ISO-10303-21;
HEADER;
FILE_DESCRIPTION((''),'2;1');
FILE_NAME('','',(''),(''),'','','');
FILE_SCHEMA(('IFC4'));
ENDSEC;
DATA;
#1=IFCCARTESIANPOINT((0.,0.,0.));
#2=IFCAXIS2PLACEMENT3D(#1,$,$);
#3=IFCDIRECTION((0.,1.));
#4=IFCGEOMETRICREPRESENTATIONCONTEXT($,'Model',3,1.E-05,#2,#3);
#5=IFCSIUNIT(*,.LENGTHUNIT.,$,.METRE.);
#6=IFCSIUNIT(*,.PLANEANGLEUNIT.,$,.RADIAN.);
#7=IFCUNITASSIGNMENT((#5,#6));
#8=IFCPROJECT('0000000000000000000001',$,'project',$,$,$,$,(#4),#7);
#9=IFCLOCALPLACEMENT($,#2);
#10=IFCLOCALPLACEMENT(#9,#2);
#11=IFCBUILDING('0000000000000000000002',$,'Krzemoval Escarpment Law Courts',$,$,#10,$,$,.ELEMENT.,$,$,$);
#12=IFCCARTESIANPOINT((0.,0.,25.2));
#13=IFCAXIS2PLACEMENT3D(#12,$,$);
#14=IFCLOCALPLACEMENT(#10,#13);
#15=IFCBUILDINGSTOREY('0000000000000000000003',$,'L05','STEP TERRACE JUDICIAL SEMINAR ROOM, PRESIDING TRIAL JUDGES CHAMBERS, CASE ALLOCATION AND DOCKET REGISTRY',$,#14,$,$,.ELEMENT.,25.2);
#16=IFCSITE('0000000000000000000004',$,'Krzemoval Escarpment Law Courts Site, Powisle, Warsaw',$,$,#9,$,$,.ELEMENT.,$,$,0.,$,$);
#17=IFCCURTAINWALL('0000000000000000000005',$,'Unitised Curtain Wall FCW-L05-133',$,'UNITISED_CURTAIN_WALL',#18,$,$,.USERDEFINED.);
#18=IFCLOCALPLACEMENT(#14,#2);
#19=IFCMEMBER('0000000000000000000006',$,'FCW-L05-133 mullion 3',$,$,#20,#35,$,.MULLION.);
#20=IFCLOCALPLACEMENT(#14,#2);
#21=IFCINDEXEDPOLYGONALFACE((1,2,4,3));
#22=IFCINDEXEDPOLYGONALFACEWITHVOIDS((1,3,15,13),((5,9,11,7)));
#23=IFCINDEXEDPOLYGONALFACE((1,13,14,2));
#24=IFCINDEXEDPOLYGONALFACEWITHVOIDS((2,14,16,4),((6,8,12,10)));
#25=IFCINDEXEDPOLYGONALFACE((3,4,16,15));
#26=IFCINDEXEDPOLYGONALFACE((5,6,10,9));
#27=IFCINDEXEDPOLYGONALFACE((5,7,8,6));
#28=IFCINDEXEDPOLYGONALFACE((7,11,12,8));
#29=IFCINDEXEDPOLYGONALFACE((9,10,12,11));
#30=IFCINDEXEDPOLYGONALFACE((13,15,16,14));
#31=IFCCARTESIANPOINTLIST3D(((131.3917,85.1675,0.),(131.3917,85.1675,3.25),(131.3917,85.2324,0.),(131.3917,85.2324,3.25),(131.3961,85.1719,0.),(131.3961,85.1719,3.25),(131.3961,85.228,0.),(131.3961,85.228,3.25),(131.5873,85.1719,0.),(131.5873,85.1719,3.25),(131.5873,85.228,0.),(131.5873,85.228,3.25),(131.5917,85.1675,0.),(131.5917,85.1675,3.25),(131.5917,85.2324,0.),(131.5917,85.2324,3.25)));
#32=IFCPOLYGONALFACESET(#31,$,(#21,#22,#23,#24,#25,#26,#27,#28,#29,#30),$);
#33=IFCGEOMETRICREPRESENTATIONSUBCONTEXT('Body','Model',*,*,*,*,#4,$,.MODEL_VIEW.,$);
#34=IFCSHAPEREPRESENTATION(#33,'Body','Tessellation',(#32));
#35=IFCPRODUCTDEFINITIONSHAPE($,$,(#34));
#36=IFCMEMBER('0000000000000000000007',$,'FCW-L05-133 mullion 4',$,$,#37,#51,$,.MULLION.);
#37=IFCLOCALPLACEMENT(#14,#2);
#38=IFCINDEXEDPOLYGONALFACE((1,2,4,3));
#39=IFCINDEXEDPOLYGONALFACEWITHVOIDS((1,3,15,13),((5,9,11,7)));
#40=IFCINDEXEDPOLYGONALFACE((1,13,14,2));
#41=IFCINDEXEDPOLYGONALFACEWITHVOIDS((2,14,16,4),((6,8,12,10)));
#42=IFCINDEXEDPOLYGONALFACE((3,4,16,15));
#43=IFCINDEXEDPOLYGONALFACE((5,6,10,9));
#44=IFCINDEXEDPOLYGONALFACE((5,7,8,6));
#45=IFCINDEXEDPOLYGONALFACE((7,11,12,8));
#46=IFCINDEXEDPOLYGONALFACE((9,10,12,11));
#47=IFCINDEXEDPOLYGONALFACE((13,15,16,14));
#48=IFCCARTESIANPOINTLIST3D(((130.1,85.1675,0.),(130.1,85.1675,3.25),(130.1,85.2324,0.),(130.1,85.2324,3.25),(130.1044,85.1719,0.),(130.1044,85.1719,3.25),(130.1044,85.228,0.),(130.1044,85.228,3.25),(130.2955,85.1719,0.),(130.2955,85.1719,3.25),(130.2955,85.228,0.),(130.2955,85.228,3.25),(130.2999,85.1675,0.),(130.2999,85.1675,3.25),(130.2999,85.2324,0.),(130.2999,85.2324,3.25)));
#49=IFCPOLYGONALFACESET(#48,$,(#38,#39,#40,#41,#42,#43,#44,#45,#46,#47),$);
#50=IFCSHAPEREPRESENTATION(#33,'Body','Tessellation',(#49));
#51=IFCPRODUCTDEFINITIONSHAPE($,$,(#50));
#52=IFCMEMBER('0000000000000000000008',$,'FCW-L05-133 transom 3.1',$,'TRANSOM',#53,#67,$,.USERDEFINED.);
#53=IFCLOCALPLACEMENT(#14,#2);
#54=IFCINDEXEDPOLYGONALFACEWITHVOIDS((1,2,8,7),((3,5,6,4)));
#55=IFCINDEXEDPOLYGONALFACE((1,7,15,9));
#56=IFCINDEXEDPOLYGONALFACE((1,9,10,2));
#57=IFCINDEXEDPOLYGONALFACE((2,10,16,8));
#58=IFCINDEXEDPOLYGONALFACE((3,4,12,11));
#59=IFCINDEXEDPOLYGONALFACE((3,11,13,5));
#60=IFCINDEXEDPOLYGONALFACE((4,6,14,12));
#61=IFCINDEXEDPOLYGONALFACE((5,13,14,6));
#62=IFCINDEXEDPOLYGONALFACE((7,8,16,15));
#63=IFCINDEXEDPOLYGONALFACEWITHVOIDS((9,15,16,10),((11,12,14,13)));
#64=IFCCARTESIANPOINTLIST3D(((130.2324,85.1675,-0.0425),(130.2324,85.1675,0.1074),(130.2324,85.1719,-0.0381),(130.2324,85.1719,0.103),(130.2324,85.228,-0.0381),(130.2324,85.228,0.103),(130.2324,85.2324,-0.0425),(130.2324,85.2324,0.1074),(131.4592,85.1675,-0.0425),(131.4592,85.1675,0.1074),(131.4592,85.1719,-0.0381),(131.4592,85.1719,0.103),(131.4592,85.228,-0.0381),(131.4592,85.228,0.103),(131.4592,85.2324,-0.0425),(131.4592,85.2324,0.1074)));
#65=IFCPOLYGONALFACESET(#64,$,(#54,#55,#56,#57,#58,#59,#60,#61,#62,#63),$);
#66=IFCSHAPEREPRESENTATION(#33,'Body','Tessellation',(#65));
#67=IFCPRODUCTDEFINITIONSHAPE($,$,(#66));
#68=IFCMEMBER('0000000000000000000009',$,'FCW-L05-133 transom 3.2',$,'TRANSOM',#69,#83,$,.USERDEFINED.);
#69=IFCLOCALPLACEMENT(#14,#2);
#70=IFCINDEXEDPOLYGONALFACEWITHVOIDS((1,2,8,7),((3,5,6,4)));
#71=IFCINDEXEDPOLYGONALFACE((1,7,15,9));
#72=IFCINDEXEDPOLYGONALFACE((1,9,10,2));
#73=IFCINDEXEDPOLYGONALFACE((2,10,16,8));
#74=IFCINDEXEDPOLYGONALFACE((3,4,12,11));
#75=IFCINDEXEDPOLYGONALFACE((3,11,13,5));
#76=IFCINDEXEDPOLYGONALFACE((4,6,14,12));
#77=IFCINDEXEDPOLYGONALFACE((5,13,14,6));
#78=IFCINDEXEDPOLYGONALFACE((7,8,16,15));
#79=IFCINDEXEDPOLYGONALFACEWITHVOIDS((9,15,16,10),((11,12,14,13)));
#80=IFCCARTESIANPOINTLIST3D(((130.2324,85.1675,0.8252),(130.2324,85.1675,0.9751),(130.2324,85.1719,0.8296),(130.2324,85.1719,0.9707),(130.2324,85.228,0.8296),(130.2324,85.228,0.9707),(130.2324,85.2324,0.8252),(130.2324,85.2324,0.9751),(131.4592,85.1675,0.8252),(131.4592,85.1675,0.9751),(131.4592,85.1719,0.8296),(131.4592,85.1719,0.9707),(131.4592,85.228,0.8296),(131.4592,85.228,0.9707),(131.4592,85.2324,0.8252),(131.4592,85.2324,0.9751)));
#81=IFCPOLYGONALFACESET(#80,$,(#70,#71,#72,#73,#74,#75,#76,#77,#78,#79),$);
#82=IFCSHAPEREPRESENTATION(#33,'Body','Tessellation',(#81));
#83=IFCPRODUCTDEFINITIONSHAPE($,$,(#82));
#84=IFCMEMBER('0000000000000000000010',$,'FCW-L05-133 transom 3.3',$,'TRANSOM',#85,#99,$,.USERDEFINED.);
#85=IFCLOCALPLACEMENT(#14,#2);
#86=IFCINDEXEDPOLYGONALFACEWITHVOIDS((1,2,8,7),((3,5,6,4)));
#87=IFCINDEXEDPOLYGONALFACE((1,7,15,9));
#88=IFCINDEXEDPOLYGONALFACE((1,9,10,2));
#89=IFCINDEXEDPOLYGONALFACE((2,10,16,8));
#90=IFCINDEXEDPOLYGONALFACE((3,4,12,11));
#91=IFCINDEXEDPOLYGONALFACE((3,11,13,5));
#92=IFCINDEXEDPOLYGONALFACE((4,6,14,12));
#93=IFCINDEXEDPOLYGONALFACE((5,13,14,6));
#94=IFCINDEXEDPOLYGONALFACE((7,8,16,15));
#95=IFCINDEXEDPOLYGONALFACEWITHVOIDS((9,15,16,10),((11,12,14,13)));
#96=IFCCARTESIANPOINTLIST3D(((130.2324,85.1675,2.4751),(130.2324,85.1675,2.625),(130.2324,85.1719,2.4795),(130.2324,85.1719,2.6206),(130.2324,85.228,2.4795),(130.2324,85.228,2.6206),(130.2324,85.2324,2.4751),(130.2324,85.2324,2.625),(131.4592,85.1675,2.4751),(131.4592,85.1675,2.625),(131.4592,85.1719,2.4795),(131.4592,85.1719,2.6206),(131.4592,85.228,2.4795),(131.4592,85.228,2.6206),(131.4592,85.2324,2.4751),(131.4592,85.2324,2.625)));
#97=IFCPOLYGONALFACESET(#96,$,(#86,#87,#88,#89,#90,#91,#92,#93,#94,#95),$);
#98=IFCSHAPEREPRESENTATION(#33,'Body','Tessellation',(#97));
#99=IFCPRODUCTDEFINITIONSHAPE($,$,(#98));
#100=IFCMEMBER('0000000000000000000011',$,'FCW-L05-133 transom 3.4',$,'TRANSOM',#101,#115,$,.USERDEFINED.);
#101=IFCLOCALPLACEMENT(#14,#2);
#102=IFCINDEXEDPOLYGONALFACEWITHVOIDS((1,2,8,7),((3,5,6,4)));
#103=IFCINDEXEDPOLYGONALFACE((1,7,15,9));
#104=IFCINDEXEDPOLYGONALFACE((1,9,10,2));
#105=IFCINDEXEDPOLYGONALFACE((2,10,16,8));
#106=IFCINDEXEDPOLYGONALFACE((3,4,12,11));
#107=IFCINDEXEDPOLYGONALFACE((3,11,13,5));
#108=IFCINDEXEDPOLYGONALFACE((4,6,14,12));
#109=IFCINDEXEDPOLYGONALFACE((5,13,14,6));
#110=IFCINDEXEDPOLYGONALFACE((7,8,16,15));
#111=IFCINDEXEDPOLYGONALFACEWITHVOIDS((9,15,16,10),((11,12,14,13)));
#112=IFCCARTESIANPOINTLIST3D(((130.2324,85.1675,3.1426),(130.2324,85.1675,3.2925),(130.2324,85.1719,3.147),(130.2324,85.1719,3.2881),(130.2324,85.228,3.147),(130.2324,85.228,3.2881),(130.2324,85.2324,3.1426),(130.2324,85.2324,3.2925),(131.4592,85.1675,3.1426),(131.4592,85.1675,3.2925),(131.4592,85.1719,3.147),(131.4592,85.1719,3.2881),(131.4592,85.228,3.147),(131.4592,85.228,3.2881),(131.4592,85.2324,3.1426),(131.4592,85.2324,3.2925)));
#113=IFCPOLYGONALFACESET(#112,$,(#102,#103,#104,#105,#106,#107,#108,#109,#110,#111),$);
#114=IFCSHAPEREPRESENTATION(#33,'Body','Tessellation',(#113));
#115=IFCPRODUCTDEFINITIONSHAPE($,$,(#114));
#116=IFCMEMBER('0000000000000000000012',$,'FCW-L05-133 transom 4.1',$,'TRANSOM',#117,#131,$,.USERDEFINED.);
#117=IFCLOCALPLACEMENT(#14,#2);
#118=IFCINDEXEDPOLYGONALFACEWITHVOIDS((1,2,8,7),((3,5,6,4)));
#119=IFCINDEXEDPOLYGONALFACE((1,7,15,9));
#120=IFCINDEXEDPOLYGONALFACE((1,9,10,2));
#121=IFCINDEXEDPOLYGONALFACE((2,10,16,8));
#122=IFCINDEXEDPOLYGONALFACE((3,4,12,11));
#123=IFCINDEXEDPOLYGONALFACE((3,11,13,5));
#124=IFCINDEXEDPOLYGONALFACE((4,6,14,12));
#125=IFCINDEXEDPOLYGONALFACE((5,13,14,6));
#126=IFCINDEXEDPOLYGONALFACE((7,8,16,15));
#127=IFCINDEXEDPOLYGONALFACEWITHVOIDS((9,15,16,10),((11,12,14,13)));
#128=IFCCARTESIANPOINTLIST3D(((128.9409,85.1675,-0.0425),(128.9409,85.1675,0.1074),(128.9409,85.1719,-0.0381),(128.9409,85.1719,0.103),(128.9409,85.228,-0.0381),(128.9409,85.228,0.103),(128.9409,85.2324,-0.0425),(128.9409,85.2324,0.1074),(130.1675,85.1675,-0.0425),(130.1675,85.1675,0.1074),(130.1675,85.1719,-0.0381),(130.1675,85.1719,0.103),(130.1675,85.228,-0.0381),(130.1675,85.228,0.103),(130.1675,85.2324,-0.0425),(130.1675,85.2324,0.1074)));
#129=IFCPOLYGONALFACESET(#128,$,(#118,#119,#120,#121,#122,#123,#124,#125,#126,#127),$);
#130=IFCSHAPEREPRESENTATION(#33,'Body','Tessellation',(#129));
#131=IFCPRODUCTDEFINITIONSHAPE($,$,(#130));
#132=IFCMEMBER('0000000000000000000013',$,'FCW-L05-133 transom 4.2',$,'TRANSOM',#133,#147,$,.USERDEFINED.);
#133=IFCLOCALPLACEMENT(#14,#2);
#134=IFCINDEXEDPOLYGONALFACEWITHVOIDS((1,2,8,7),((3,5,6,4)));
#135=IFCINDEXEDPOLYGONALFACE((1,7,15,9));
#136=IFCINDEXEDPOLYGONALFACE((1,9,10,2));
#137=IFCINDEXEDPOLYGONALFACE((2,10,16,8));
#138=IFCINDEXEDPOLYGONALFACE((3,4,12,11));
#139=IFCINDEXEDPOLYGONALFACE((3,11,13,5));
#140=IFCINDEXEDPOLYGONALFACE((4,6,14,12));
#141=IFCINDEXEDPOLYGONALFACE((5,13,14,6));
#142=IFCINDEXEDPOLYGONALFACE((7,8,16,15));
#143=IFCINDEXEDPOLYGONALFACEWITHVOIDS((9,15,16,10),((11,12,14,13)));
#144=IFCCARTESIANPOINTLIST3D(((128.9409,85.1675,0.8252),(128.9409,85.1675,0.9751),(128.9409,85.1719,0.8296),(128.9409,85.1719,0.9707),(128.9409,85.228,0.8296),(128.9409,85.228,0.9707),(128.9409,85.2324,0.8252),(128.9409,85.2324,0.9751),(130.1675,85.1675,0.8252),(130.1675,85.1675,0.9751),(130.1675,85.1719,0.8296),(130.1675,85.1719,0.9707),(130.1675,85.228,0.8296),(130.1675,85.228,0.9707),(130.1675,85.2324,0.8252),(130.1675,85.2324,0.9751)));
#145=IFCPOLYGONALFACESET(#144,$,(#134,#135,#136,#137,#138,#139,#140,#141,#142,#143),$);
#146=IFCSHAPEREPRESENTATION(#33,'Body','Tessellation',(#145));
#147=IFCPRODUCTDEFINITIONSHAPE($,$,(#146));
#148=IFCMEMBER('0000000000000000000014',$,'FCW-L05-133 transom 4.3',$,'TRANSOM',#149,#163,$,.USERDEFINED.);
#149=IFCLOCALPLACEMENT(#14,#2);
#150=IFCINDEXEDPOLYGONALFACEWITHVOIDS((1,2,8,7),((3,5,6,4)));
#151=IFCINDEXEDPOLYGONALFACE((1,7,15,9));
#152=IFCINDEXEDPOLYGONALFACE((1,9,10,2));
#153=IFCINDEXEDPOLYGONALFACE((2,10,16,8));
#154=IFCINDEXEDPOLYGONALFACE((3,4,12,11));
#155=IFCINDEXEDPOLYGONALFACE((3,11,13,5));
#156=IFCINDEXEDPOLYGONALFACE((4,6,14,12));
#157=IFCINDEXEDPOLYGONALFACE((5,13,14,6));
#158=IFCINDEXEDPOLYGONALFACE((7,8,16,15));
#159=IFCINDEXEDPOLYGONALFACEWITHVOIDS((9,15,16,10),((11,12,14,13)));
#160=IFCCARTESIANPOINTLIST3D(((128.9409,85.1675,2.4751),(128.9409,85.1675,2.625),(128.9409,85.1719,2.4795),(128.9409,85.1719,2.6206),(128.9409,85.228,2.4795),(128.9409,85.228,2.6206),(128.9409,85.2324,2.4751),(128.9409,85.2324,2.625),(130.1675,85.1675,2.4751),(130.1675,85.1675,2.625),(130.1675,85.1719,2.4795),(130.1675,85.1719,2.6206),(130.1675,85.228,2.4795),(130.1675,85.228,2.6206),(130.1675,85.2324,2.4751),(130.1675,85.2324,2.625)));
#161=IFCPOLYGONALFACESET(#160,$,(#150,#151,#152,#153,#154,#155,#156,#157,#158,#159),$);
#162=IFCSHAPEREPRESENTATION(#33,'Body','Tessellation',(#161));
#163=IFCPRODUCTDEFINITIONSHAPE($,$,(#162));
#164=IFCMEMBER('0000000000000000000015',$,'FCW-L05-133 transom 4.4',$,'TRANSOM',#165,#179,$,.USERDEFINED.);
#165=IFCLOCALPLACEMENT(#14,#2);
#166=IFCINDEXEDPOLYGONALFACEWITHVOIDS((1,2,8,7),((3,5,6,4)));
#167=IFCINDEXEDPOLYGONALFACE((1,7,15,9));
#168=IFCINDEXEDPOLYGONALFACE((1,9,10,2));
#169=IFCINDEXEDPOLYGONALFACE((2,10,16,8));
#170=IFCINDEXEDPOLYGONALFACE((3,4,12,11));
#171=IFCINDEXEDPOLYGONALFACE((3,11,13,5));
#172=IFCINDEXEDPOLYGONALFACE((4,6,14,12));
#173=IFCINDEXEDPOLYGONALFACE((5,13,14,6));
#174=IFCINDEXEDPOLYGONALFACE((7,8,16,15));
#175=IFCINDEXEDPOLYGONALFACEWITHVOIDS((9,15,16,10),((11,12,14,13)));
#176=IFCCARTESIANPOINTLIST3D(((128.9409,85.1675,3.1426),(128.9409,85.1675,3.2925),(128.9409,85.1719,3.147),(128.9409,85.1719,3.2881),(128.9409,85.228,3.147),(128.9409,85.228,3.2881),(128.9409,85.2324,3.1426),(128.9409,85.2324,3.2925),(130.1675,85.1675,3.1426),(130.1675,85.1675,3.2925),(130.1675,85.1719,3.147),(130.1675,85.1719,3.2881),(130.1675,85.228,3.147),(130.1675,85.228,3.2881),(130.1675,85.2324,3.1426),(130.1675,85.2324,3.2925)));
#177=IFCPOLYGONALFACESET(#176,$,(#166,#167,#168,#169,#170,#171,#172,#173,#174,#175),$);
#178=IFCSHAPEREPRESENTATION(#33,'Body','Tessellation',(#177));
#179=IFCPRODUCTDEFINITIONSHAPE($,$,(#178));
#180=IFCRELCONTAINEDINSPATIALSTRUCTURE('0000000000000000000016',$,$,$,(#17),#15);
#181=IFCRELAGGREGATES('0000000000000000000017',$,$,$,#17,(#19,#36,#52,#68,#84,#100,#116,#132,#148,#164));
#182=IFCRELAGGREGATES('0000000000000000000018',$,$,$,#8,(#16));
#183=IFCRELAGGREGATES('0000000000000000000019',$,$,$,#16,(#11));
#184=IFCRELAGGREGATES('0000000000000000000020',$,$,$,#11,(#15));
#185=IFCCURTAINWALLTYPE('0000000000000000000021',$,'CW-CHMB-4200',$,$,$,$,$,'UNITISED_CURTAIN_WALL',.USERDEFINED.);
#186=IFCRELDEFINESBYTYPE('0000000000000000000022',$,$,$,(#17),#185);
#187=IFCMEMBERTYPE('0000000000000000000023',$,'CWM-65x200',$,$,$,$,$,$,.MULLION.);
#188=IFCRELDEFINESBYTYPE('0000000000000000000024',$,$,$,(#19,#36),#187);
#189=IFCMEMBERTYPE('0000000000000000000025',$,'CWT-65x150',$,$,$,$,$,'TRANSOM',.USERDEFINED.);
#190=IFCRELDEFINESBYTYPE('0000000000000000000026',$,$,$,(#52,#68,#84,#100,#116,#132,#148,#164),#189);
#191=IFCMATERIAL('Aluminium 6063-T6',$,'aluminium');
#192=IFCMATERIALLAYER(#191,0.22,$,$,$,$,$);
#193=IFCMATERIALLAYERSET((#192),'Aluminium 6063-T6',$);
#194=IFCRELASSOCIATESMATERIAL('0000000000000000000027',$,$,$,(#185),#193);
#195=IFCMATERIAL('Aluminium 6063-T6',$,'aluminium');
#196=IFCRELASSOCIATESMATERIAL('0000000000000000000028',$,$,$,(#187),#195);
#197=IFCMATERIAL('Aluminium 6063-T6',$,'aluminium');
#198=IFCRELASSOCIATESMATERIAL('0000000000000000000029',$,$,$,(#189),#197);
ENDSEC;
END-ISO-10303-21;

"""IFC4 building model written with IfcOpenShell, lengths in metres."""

from ifc_helpers import new_model, si_unit, direction, frame, origin, origin_2d, place, context, subcontext, project, spatial, hollow_rectangle, extrude, material, layer, layer_set, material_profile, profile_set, type_object, element, aggregate, save


model = new_model("IFC4")

# Units and contexts
model_context = context("Model", 3, precision=1e-05, world=origin(), true_north=direction((0.0, 1.0)))
body_context = subcontext(model_context, "Body", "Model", "MODEL_VIEW")
ifc_project = project(units=[si_unit("LENGTHUNIT", "METRE"), si_unit("PLANEANGLEUNIT", "RADIAN")], contexts=[model_context])

# Site, building, storey
site_placement = place(None, origin())
site = spatial("IfcSite", under=ifc_project, at=site_placement, Name="Krzemoval Escarpment Law Courts Site, Powisle, Warsaw", CompositionType="ELEMENT", RefElevation=0.0)
building_placement = place(site_placement, origin())
building = spatial("IfcBuilding", under=site, at=building_placement, Name="Krzemoval Escarpment Law Courts", CompositionType="ELEMENT")
storey_placement = place(building_placement, frame((0.0, 0.0, 25.2)))
storey = spatial("IfcBuildingStorey", under=building, at=storey_placement, Name="L05", Description="STEP TERRACE JUDICIAL SEMINAR ROOM, PRESIDING TRIAL JUDGES CHAMBERS, CASE ALLOCATION AND DOCKET REGISTRY", CompositionType="ELEMENT", Elevation=25.2)

# Curtain wall, members
ifc_material_1 = material(Name="Aluminium 6063-T6", Category="aluminium")
ifc_layer_1 = layer(ifc_material_1, 0.22)
ifc_layer_set_1 = layer_set([ifc_layer_1], Name="Aluminium 6063-T6")
curtain_wall_type = type_object("IfcCurtainWallType", Name="CW-CHMB-4200", ElementType="UNITISED_CURTAIN_WALL", PredefinedType="USERDEFINED", material=ifc_layer_set_1)
curtain_wall_placement = place(storey_placement, origin())
curtain_wall = element("IfcCurtainWall", 1, at=curtain_wall_placement, inside=storey, type_object=curtain_wall_type, Name="Unitised Curtain Wall FCW-L05-133", ObjectType="UNITISED_CURTAIN_WALL", PredefinedType="USERDEFINED")
ifc_material_2 = material(Name="Aluminium 6063-T6", Category="aluminium")
ifc_material_profile_1 = material_profile(ifc_material_2, hollow_rectangle(XDim=0.0649, YDim=0.2, WallThickness=0.0044, at=origin_2d()), Name="ALU M65x200")
ifc_profile_set_1 = profile_set([ifc_material_profile_1], Name="Aluminium 6063-T6")
member_type_1 = type_object("IfcMemberType", Name="CWM-65x200", PredefinedType="MULLION", material=ifc_profile_set_1)
member_1_placement = place(storey_placement, frame((131.4917, 85.2, 0.0), z_axis=(0.0, 0.0, 1.0), x_axis=(0.0, -1.0, 0.0)))
member_1 = element("IfcMember", 2, at=member_1_placement, type_object=member_type_1, Name="FCW-L05-133 mullion 3", PredefinedType="MULLION", context=body_context, shape_type="SweptSolid", body=[
    extrude(hollow_rectangle(XDim=0.0649, YDim=0.2, WallThickness=0.0044, at=origin_2d()), origin(), (0.0, 0.0, 1.0), 3.25),
])
member_2_placement = place(storey_placement, frame((130.2, 85.2, 0.0), z_axis=(0.0, 0.0, 1.0), x_axis=(0.0, -1.0, 0.0)))
member_2 = element("IfcMember", 3, at=member_2_placement, type_object=member_type_1, Name="FCW-L05-133 mullion 4", PredefinedType="MULLION", context=body_context, shape_type="SweptSolid", body=[
    extrude(hollow_rectangle(XDim=0.0649, YDim=0.2, WallThickness=0.0044, at=origin_2d()), origin(), (0.0, 0.0, 1.0), 3.25),
])
ifc_material_3 = material(Name="Aluminium 6063-T6", Category="aluminium")
ifc_material_profile_2 = material_profile(ifc_material_3, hollow_rectangle(XDim=0.0649, YDim=0.1499, WallThickness=0.0044, at=origin_2d()), Name="ALU T65x150")
ifc_profile_set_2 = profile_set([ifc_material_profile_2], Name="Aluminium 6063-T6")
member_type_2 = type_object("IfcMemberType", Name="CWT-65x150", ElementType="TRANSOM", PredefinedType="USERDEFINED", material=ifc_profile_set_2)
member_3_placement = place(storey_placement, frame((131.4592, 85.2, 0.0325), z_axis=(-1.0, 0.0, 0.0), x_axis=(0.0, -1.0, 0.0)))
member_3 = element("IfcMember", 4, at=member_3_placement, type_object=member_type_2, Name="FCW-L05-133 transom 3.1", ObjectType="TRANSOM", PredefinedType="USERDEFINED", context=body_context, shape_type="SweptSolid", body=[
    extrude(hollow_rectangle(XDim=0.0649, YDim=0.1499, WallThickness=0.0044, at=origin_2d()), origin(), (0.0, 0.0, 1.0), 1.2268),
])
member_4_placement = place(storey_placement, frame((131.4592, 85.2, 0.9001), z_axis=(-1.0, 0.0, 0.0), x_axis=(0.0, -1.0, 0.0)))
member_4 = element("IfcMember", 5, at=member_4_placement, type_object=member_type_2, Name="FCW-L05-133 transom 3.2", ObjectType="TRANSOM", PredefinedType="USERDEFINED", context=body_context, shape_type="SweptSolid", body=[
    extrude(hollow_rectangle(XDim=0.0649, YDim=0.1499, WallThickness=0.0044, at=origin_2d()), origin(), (0.0, 0.0, 1.0), 1.2268),
])
member_5_placement = place(storey_placement, frame((131.4592, 85.2, 2.55), z_axis=(-1.0, 0.0, 0.0), x_axis=(0.0, -1.0, 0.0)))
member_5 = element("IfcMember", 6, at=member_5_placement, type_object=member_type_2, Name="FCW-L05-133 transom 3.3", ObjectType="TRANSOM", PredefinedType="USERDEFINED", context=body_context, shape_type="SweptSolid", body=[
    extrude(hollow_rectangle(XDim=0.0649, YDim=0.1499, WallThickness=0.0044, at=origin_2d()), origin(), (0.0, 0.0, 1.0), 1.2268),
])
member_6_placement = place(storey_placement, frame((131.4592, 85.2, 3.2175), z_axis=(-1.0, 0.0, 0.0), x_axis=(0.0, -1.0, 0.0)))
member_6 = element("IfcMember", 7, at=member_6_placement, type_object=member_type_2, Name="FCW-L05-133 transom 3.4", ObjectType="TRANSOM", PredefinedType="USERDEFINED", context=body_context, shape_type="SweptSolid", body=[
    extrude(hollow_rectangle(XDim=0.0649, YDim=0.1499, WallThickness=0.0044, at=origin_2d()), origin(), (0.0, 0.0, 1.0), 1.2268),
])
member_7_placement = place(storey_placement, frame((130.1675, 85.2, 0.0325), z_axis=(-1.0, 0.0, 0.0), x_axis=(0.0, -1.0, 0.0)))
member_7 = element("IfcMember", 8, at=member_7_placement, type_object=member_type_2, Name="FCW-L05-133 transom 4.1", ObjectType="TRANSOM", PredefinedType="USERDEFINED", context=body_context, shape_type="SweptSolid", body=[
    extrude(hollow_rectangle(XDim=0.0649, YDim=0.1499, WallThickness=0.0044, at=origin_2d()), origin(), (0.0, 0.0, 1.0), 1.2266),
])
member_8_placement = place(storey_placement, frame((130.1675, 85.2, 0.9001), z_axis=(-1.0, 0.0, 0.0), x_axis=(0.0, -1.0, 0.0)))
member_8 = element("IfcMember", 9, at=member_8_placement, type_object=member_type_2, Name="FCW-L05-133 transom 4.2", ObjectType="TRANSOM", PredefinedType="USERDEFINED", context=body_context, shape_type="SweptSolid", body=[
    extrude(hollow_rectangle(XDim=0.0649, YDim=0.1499, WallThickness=0.0044, at=origin_2d()), origin(), (0.0, 0.0, 1.0), 1.2266),
])
member_9_placement = place(storey_placement, frame((130.1675, 85.2, 2.55), z_axis=(-1.0, 0.0, 0.0), x_axis=(0.0, -1.0, 0.0)))
member_9 = element("IfcMember", 10, at=member_9_placement, type_object=member_type_2, Name="FCW-L05-133 transom 4.3", ObjectType="TRANSOM", PredefinedType="USERDEFINED", context=body_context, shape_type="SweptSolid", body=[
    extrude(hollow_rectangle(XDim=0.0649, YDim=0.1499, WallThickness=0.0044, at=origin_2d()), origin(), (0.0, 0.0, 1.0), 1.2266),
])
member_10_placement = place(storey_placement, frame((130.1675, 85.2, 3.2175), z_axis=(-1.0, 0.0, 0.0), x_axis=(0.0, -1.0, 0.0)))
member_10 = element("IfcMember", 11, at=member_10_placement, type_object=member_type_2, Name="FCW-L05-133 transom 4.4", ObjectType="TRANSOM", PredefinedType="USERDEFINED", context=body_context, shape_type="SweptSolid", body=[
    extrude(hollow_rectangle(XDim=0.0649, YDim=0.1499, WallThickness=0.0044, at=origin_2d()), origin(), (0.0, 0.0, 1.0), 1.2266),
])

aggregate(curtain_wall, [member_1, member_2, member_3, member_4, member_5, member_6, member_7, member_8, member_9, member_10])

save(model, "model.ifc")
